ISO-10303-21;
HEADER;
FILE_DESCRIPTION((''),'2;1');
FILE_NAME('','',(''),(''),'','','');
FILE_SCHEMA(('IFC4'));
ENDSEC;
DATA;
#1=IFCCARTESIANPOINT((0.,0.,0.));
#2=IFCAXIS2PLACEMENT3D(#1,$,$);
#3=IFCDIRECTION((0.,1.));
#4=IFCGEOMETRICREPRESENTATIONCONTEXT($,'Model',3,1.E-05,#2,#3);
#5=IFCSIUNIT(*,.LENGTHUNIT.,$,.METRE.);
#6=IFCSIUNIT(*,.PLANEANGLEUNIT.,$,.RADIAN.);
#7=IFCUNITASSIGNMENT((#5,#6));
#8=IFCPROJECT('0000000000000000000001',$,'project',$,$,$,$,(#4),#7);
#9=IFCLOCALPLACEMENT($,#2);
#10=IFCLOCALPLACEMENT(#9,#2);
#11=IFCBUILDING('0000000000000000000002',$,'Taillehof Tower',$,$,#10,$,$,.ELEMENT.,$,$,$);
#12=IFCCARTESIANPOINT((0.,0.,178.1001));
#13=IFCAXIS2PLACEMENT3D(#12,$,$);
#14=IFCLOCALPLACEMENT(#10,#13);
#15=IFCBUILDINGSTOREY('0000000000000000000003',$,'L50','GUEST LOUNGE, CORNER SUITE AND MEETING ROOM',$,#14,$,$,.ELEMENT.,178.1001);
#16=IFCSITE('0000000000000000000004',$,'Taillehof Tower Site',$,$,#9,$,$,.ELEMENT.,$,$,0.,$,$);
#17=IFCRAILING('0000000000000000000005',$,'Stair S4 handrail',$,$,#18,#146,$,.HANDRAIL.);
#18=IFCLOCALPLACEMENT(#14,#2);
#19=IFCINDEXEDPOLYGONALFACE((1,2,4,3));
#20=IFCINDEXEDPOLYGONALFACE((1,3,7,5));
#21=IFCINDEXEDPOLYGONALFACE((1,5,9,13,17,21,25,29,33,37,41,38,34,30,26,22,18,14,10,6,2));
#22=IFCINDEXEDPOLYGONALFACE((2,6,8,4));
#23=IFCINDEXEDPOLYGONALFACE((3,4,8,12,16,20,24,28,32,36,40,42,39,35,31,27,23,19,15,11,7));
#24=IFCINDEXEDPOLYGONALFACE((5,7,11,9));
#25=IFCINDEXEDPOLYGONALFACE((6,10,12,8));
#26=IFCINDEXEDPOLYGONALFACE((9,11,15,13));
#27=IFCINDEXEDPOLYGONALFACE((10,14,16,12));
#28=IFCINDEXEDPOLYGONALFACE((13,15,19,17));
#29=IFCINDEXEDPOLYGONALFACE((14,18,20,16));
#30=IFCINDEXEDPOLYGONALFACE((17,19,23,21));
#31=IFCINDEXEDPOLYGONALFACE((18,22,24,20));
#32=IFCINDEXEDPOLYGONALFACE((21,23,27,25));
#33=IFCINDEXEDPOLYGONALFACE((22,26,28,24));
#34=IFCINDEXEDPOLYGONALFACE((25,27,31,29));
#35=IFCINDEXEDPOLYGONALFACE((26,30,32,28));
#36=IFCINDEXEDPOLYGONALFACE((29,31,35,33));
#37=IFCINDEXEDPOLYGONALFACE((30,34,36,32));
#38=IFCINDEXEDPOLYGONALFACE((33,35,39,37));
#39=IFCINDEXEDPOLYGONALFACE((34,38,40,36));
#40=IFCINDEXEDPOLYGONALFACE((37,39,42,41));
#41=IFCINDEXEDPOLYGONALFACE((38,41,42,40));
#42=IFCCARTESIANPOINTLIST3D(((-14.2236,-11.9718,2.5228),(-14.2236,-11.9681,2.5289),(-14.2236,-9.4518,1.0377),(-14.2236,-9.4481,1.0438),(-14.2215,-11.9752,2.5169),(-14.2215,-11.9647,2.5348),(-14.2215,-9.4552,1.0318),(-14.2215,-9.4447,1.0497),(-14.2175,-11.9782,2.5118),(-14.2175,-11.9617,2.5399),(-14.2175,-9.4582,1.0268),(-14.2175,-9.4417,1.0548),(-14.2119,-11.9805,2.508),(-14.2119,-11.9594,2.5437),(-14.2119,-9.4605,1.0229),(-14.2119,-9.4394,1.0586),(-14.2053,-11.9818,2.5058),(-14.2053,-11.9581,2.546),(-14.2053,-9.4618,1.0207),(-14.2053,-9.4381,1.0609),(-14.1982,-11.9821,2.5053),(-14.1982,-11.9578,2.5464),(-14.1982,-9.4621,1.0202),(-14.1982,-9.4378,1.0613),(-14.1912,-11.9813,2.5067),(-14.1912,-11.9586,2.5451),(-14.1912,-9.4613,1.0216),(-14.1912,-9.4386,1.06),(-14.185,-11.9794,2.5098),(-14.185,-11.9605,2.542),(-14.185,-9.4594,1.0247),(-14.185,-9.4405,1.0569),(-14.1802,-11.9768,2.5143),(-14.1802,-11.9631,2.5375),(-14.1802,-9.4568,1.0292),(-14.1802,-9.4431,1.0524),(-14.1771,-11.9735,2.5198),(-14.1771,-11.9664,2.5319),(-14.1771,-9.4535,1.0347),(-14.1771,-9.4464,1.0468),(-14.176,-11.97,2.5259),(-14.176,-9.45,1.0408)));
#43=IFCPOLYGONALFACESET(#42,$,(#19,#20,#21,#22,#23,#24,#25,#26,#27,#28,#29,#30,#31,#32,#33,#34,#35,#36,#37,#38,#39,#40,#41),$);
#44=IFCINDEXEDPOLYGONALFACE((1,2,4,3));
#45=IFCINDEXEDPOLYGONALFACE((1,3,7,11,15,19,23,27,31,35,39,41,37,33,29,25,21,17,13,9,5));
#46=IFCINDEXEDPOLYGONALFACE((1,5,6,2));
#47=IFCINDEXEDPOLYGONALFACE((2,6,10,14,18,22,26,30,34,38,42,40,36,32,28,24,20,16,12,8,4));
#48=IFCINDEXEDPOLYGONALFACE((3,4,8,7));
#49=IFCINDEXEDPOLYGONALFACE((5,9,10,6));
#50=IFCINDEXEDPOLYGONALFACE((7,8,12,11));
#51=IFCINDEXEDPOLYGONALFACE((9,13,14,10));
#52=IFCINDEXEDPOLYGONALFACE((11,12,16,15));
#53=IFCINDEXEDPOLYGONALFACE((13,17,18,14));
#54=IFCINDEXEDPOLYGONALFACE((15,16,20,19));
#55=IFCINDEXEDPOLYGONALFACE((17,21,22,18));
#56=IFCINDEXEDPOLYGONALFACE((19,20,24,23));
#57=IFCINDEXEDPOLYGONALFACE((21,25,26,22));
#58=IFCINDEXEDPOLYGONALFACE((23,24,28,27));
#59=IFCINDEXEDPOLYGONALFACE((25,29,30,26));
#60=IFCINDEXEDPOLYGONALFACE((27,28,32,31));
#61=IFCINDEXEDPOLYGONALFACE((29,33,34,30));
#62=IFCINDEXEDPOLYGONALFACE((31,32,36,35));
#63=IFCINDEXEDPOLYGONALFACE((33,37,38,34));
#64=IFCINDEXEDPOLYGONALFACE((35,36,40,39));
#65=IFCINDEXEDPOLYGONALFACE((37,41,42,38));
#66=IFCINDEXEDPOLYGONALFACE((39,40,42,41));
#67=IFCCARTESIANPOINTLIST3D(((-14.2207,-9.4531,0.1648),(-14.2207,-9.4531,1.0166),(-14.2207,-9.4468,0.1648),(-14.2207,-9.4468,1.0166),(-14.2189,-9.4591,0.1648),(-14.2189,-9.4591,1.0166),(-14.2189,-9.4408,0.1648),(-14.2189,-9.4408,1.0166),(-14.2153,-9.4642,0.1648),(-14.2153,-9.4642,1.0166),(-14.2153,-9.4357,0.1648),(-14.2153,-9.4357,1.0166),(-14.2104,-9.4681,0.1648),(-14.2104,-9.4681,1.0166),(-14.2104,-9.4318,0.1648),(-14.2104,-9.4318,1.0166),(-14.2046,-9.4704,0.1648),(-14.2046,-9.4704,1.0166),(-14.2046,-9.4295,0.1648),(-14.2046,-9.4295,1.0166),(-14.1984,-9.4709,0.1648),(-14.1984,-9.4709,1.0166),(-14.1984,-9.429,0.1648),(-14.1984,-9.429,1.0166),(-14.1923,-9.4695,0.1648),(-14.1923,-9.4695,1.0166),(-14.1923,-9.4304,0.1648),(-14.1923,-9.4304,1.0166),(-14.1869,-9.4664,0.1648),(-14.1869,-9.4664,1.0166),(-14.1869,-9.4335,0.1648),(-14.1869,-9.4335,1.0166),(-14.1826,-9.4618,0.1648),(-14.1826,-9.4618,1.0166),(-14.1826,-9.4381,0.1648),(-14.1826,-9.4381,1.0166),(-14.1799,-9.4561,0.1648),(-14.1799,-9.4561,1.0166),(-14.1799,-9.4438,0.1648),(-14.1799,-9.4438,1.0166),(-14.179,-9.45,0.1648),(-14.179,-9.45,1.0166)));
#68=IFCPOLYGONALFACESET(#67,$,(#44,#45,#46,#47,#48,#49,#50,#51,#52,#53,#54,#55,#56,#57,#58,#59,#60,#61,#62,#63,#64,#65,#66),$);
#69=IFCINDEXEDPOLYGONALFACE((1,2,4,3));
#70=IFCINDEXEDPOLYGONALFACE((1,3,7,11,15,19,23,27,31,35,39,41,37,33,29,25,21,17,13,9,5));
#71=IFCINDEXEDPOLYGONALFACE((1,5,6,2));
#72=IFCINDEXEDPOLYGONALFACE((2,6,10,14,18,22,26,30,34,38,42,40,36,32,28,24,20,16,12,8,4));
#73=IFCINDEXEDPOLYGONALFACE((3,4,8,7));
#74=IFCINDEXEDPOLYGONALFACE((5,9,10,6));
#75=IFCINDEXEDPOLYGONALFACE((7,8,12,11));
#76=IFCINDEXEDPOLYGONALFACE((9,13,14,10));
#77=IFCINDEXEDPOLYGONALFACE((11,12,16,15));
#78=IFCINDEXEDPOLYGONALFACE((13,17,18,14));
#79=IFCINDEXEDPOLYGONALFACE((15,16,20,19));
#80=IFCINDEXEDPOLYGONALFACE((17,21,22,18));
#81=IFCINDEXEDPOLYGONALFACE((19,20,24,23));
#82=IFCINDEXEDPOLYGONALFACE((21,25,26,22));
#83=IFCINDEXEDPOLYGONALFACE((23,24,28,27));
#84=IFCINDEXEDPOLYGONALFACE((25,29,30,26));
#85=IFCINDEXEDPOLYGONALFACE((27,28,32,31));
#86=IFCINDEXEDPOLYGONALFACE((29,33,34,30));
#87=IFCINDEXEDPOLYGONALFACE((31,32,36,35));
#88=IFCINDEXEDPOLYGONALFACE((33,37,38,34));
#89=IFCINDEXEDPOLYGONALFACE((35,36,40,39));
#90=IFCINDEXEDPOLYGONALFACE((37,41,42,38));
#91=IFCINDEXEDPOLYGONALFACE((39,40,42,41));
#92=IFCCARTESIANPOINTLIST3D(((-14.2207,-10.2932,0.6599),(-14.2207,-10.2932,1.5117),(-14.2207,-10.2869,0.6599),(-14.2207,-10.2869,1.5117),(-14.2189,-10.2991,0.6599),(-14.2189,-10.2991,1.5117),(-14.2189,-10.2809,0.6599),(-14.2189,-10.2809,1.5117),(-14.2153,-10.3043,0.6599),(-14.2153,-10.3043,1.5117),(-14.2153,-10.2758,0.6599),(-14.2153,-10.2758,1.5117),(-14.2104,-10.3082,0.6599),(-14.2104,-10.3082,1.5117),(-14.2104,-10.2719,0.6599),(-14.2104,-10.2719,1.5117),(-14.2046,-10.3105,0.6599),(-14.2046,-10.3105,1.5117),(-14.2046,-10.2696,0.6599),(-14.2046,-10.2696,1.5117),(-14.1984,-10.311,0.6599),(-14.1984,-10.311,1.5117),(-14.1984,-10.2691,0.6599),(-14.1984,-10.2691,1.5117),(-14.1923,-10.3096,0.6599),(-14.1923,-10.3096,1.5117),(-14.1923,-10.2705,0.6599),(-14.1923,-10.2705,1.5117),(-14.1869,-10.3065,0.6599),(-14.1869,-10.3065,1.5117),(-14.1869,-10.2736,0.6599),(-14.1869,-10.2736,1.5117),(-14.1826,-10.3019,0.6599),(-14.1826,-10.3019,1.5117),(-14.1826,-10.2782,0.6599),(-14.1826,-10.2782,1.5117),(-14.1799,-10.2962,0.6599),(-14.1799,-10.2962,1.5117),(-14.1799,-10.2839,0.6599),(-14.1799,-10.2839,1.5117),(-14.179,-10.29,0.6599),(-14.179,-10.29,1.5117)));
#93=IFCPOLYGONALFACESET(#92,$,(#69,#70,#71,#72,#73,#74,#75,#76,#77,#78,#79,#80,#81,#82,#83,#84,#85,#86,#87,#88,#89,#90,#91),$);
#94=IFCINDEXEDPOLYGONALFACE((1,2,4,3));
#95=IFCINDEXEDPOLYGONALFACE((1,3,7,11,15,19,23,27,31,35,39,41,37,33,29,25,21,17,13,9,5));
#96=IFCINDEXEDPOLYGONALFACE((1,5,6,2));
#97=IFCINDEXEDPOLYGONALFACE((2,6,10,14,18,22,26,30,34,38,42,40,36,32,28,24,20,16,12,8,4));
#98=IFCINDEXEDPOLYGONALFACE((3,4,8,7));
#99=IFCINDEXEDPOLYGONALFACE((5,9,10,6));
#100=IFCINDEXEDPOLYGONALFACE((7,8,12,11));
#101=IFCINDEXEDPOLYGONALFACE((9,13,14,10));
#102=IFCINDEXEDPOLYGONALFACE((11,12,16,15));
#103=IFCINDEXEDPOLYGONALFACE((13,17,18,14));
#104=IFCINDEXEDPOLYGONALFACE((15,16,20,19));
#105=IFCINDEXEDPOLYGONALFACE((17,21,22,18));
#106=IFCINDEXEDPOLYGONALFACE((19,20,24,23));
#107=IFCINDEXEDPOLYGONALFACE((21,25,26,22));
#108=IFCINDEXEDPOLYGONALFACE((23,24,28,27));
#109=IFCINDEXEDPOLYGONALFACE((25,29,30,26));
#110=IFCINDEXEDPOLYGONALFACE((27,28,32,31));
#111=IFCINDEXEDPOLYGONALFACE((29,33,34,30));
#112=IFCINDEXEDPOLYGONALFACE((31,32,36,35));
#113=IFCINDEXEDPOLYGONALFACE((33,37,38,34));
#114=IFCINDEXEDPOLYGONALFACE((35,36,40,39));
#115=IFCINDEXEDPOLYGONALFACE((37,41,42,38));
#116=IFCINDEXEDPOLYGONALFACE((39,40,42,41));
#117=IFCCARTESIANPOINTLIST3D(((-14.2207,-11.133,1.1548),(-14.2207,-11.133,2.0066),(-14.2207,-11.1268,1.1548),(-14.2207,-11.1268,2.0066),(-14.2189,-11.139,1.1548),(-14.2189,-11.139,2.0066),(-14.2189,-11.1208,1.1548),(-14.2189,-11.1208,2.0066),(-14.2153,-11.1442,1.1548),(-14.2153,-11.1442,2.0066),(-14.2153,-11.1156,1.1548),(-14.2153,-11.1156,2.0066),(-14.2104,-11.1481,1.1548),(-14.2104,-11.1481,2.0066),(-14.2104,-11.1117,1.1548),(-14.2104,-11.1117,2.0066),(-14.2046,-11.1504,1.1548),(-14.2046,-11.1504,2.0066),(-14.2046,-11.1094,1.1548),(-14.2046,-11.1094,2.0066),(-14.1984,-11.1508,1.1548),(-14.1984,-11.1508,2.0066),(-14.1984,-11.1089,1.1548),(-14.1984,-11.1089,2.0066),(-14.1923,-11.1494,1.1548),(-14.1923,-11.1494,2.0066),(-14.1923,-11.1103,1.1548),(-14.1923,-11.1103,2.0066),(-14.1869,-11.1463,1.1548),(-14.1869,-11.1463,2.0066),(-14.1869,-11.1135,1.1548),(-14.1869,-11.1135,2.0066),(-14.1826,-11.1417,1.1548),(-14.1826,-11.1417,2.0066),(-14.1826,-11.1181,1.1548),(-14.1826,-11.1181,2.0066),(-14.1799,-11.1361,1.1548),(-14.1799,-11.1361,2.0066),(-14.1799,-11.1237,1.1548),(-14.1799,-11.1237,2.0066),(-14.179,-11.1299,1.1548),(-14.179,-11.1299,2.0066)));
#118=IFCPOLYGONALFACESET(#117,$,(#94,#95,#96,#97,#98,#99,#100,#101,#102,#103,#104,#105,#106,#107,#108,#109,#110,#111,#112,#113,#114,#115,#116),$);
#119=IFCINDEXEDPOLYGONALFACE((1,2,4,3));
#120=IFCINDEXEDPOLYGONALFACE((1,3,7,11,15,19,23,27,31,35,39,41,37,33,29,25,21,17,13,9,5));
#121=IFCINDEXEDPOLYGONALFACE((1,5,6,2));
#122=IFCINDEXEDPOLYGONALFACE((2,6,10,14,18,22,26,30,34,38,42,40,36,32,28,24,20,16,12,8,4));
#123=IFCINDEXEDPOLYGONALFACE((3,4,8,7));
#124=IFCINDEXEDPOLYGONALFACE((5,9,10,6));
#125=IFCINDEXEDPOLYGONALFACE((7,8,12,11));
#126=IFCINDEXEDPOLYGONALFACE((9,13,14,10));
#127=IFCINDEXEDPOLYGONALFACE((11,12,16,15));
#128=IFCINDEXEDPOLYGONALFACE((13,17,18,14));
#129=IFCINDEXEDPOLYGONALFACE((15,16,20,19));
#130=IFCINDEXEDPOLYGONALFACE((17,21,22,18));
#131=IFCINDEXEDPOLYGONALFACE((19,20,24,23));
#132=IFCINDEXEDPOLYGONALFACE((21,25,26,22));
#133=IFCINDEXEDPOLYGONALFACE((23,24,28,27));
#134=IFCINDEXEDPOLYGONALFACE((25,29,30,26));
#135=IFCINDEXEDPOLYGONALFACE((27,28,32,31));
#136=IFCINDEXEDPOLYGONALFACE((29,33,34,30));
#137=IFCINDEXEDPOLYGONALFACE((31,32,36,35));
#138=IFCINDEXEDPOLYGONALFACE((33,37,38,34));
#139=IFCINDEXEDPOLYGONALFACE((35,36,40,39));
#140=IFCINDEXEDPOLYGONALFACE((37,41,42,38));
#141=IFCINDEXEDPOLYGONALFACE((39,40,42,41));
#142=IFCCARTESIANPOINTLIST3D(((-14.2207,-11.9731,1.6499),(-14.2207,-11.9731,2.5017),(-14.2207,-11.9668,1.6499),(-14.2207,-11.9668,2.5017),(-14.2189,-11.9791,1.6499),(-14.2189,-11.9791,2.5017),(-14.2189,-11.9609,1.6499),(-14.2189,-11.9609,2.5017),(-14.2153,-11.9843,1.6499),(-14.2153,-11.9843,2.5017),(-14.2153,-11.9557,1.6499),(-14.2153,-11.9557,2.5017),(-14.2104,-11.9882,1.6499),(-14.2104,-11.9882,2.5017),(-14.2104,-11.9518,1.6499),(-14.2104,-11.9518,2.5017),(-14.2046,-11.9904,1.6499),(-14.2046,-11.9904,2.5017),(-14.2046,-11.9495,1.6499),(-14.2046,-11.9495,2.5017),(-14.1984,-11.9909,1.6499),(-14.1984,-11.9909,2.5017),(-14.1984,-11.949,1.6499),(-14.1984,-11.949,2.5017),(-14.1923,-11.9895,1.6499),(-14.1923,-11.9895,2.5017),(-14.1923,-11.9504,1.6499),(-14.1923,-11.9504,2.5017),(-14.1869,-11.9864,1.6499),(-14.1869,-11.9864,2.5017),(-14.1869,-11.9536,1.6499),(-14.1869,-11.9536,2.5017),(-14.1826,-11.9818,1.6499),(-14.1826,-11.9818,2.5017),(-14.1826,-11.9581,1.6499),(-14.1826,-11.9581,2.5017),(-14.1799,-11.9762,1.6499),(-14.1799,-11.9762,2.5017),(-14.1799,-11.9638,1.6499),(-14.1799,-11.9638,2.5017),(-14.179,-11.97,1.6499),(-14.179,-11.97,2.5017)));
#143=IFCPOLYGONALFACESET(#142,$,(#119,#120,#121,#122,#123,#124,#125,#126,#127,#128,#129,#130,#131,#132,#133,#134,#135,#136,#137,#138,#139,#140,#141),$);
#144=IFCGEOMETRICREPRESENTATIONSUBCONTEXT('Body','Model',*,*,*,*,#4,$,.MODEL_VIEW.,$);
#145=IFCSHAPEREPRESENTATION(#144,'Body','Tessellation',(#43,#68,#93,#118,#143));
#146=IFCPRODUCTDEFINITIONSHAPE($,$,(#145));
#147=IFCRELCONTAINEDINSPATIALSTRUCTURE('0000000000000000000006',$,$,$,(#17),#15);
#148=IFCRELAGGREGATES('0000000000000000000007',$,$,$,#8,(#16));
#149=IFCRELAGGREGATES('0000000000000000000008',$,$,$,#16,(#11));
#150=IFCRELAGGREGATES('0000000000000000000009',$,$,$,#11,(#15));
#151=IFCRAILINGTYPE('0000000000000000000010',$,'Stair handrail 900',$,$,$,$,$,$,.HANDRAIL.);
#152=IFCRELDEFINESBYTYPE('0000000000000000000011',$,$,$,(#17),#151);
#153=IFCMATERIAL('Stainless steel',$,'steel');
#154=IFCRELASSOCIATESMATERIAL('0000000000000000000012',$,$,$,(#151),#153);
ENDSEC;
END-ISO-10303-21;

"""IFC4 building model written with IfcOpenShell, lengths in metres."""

from ifc_helpers import new_model, si_unit, direction, frame, origin, origin_2d, place, context, subcontext, project, spatial, circle, extrude, material, type_object, element, save


model = new_model("IFC4")

# Units and contexts
model_context = context("Model", 3, precision=1e-05, world=origin(), true_north=direction((0.0, 1.0)))
body_context = subcontext(model_context, "Body", "Model", "MODEL_VIEW")
ifc_project = project(units=[si_unit("LENGTHUNIT", "METRE"), si_unit("PLANEANGLEUNIT", "RADIAN")], contexts=[model_context])

# Site, building, storey
site_placement = place(None, origin())
site = spatial("IfcSite", under=ifc_project, at=site_placement, Name="Taillehof Tower Site", CompositionType="ELEMENT", RefElevation=0.0)
building_placement = place(site_placement, origin())
building = spatial("IfcBuilding", under=site, at=building_placement, Name="Taillehof Tower", CompositionType="ELEMENT")
storey_placement = place(building_placement, frame((0.0, 0.0, 178.1001)))
storey = spatial("IfcBuildingStorey", under=building, at=storey_placement, Name="L50", Description="GUEST LOUNGE, CORNER SUITE AND MEETING ROOM", CompositionType="ELEMENT", Elevation=178.1001)

# Railing
ifc_material_1 = material(Name="Stainless steel", Category="steel")
railing_type = type_object("IfcRailingType", Name="Stair handrail 900", PredefinedType="HANDRAIL", material=ifc_material_1)
railing_1_placement = place(storey_placement, frame((-14.2, -9.45, 0.1648)))
element("IfcRailing", 1, at=railing_1_placement, inside=storey, type_object=railing_type, Name="Stair S4 handrail", PredefinedType="HANDRAIL", context=body_context, shape_type="SweptSolid", body=[
    extrude(circle(Radius=0.0239, at=origin_2d()), frame((0.0, 0.0, 0.876), z_axis=(0.0, -0.861524, 0.507717), x_axis=(1.0, 0.0, 0.0)), (0.0, 0.0, 1.0), 2.925),
    extrude(circle(Radius=0.021, at=origin_2d()), origin(), (0.0, 0.0, 1.0), 0.8518),
    extrude(circle(Radius=0.021, at=origin_2d()), frame((0.0, -0.8401, 0.4951)), (0.0, 0.0, 1.0), 0.8518),
    extrude(circle(Radius=0.021, at=origin_2d()), frame((0.0, -1.6799, 0.99)), (0.0, 0.0, 1.0), 0.8518),
    extrude(circle(Radius=0.021, at=origin_2d()), frame((0.0, -2.52, 1.4851)), (0.0, 0.0, 1.0), 0.8518),
])

save(model, "model.ifc")
